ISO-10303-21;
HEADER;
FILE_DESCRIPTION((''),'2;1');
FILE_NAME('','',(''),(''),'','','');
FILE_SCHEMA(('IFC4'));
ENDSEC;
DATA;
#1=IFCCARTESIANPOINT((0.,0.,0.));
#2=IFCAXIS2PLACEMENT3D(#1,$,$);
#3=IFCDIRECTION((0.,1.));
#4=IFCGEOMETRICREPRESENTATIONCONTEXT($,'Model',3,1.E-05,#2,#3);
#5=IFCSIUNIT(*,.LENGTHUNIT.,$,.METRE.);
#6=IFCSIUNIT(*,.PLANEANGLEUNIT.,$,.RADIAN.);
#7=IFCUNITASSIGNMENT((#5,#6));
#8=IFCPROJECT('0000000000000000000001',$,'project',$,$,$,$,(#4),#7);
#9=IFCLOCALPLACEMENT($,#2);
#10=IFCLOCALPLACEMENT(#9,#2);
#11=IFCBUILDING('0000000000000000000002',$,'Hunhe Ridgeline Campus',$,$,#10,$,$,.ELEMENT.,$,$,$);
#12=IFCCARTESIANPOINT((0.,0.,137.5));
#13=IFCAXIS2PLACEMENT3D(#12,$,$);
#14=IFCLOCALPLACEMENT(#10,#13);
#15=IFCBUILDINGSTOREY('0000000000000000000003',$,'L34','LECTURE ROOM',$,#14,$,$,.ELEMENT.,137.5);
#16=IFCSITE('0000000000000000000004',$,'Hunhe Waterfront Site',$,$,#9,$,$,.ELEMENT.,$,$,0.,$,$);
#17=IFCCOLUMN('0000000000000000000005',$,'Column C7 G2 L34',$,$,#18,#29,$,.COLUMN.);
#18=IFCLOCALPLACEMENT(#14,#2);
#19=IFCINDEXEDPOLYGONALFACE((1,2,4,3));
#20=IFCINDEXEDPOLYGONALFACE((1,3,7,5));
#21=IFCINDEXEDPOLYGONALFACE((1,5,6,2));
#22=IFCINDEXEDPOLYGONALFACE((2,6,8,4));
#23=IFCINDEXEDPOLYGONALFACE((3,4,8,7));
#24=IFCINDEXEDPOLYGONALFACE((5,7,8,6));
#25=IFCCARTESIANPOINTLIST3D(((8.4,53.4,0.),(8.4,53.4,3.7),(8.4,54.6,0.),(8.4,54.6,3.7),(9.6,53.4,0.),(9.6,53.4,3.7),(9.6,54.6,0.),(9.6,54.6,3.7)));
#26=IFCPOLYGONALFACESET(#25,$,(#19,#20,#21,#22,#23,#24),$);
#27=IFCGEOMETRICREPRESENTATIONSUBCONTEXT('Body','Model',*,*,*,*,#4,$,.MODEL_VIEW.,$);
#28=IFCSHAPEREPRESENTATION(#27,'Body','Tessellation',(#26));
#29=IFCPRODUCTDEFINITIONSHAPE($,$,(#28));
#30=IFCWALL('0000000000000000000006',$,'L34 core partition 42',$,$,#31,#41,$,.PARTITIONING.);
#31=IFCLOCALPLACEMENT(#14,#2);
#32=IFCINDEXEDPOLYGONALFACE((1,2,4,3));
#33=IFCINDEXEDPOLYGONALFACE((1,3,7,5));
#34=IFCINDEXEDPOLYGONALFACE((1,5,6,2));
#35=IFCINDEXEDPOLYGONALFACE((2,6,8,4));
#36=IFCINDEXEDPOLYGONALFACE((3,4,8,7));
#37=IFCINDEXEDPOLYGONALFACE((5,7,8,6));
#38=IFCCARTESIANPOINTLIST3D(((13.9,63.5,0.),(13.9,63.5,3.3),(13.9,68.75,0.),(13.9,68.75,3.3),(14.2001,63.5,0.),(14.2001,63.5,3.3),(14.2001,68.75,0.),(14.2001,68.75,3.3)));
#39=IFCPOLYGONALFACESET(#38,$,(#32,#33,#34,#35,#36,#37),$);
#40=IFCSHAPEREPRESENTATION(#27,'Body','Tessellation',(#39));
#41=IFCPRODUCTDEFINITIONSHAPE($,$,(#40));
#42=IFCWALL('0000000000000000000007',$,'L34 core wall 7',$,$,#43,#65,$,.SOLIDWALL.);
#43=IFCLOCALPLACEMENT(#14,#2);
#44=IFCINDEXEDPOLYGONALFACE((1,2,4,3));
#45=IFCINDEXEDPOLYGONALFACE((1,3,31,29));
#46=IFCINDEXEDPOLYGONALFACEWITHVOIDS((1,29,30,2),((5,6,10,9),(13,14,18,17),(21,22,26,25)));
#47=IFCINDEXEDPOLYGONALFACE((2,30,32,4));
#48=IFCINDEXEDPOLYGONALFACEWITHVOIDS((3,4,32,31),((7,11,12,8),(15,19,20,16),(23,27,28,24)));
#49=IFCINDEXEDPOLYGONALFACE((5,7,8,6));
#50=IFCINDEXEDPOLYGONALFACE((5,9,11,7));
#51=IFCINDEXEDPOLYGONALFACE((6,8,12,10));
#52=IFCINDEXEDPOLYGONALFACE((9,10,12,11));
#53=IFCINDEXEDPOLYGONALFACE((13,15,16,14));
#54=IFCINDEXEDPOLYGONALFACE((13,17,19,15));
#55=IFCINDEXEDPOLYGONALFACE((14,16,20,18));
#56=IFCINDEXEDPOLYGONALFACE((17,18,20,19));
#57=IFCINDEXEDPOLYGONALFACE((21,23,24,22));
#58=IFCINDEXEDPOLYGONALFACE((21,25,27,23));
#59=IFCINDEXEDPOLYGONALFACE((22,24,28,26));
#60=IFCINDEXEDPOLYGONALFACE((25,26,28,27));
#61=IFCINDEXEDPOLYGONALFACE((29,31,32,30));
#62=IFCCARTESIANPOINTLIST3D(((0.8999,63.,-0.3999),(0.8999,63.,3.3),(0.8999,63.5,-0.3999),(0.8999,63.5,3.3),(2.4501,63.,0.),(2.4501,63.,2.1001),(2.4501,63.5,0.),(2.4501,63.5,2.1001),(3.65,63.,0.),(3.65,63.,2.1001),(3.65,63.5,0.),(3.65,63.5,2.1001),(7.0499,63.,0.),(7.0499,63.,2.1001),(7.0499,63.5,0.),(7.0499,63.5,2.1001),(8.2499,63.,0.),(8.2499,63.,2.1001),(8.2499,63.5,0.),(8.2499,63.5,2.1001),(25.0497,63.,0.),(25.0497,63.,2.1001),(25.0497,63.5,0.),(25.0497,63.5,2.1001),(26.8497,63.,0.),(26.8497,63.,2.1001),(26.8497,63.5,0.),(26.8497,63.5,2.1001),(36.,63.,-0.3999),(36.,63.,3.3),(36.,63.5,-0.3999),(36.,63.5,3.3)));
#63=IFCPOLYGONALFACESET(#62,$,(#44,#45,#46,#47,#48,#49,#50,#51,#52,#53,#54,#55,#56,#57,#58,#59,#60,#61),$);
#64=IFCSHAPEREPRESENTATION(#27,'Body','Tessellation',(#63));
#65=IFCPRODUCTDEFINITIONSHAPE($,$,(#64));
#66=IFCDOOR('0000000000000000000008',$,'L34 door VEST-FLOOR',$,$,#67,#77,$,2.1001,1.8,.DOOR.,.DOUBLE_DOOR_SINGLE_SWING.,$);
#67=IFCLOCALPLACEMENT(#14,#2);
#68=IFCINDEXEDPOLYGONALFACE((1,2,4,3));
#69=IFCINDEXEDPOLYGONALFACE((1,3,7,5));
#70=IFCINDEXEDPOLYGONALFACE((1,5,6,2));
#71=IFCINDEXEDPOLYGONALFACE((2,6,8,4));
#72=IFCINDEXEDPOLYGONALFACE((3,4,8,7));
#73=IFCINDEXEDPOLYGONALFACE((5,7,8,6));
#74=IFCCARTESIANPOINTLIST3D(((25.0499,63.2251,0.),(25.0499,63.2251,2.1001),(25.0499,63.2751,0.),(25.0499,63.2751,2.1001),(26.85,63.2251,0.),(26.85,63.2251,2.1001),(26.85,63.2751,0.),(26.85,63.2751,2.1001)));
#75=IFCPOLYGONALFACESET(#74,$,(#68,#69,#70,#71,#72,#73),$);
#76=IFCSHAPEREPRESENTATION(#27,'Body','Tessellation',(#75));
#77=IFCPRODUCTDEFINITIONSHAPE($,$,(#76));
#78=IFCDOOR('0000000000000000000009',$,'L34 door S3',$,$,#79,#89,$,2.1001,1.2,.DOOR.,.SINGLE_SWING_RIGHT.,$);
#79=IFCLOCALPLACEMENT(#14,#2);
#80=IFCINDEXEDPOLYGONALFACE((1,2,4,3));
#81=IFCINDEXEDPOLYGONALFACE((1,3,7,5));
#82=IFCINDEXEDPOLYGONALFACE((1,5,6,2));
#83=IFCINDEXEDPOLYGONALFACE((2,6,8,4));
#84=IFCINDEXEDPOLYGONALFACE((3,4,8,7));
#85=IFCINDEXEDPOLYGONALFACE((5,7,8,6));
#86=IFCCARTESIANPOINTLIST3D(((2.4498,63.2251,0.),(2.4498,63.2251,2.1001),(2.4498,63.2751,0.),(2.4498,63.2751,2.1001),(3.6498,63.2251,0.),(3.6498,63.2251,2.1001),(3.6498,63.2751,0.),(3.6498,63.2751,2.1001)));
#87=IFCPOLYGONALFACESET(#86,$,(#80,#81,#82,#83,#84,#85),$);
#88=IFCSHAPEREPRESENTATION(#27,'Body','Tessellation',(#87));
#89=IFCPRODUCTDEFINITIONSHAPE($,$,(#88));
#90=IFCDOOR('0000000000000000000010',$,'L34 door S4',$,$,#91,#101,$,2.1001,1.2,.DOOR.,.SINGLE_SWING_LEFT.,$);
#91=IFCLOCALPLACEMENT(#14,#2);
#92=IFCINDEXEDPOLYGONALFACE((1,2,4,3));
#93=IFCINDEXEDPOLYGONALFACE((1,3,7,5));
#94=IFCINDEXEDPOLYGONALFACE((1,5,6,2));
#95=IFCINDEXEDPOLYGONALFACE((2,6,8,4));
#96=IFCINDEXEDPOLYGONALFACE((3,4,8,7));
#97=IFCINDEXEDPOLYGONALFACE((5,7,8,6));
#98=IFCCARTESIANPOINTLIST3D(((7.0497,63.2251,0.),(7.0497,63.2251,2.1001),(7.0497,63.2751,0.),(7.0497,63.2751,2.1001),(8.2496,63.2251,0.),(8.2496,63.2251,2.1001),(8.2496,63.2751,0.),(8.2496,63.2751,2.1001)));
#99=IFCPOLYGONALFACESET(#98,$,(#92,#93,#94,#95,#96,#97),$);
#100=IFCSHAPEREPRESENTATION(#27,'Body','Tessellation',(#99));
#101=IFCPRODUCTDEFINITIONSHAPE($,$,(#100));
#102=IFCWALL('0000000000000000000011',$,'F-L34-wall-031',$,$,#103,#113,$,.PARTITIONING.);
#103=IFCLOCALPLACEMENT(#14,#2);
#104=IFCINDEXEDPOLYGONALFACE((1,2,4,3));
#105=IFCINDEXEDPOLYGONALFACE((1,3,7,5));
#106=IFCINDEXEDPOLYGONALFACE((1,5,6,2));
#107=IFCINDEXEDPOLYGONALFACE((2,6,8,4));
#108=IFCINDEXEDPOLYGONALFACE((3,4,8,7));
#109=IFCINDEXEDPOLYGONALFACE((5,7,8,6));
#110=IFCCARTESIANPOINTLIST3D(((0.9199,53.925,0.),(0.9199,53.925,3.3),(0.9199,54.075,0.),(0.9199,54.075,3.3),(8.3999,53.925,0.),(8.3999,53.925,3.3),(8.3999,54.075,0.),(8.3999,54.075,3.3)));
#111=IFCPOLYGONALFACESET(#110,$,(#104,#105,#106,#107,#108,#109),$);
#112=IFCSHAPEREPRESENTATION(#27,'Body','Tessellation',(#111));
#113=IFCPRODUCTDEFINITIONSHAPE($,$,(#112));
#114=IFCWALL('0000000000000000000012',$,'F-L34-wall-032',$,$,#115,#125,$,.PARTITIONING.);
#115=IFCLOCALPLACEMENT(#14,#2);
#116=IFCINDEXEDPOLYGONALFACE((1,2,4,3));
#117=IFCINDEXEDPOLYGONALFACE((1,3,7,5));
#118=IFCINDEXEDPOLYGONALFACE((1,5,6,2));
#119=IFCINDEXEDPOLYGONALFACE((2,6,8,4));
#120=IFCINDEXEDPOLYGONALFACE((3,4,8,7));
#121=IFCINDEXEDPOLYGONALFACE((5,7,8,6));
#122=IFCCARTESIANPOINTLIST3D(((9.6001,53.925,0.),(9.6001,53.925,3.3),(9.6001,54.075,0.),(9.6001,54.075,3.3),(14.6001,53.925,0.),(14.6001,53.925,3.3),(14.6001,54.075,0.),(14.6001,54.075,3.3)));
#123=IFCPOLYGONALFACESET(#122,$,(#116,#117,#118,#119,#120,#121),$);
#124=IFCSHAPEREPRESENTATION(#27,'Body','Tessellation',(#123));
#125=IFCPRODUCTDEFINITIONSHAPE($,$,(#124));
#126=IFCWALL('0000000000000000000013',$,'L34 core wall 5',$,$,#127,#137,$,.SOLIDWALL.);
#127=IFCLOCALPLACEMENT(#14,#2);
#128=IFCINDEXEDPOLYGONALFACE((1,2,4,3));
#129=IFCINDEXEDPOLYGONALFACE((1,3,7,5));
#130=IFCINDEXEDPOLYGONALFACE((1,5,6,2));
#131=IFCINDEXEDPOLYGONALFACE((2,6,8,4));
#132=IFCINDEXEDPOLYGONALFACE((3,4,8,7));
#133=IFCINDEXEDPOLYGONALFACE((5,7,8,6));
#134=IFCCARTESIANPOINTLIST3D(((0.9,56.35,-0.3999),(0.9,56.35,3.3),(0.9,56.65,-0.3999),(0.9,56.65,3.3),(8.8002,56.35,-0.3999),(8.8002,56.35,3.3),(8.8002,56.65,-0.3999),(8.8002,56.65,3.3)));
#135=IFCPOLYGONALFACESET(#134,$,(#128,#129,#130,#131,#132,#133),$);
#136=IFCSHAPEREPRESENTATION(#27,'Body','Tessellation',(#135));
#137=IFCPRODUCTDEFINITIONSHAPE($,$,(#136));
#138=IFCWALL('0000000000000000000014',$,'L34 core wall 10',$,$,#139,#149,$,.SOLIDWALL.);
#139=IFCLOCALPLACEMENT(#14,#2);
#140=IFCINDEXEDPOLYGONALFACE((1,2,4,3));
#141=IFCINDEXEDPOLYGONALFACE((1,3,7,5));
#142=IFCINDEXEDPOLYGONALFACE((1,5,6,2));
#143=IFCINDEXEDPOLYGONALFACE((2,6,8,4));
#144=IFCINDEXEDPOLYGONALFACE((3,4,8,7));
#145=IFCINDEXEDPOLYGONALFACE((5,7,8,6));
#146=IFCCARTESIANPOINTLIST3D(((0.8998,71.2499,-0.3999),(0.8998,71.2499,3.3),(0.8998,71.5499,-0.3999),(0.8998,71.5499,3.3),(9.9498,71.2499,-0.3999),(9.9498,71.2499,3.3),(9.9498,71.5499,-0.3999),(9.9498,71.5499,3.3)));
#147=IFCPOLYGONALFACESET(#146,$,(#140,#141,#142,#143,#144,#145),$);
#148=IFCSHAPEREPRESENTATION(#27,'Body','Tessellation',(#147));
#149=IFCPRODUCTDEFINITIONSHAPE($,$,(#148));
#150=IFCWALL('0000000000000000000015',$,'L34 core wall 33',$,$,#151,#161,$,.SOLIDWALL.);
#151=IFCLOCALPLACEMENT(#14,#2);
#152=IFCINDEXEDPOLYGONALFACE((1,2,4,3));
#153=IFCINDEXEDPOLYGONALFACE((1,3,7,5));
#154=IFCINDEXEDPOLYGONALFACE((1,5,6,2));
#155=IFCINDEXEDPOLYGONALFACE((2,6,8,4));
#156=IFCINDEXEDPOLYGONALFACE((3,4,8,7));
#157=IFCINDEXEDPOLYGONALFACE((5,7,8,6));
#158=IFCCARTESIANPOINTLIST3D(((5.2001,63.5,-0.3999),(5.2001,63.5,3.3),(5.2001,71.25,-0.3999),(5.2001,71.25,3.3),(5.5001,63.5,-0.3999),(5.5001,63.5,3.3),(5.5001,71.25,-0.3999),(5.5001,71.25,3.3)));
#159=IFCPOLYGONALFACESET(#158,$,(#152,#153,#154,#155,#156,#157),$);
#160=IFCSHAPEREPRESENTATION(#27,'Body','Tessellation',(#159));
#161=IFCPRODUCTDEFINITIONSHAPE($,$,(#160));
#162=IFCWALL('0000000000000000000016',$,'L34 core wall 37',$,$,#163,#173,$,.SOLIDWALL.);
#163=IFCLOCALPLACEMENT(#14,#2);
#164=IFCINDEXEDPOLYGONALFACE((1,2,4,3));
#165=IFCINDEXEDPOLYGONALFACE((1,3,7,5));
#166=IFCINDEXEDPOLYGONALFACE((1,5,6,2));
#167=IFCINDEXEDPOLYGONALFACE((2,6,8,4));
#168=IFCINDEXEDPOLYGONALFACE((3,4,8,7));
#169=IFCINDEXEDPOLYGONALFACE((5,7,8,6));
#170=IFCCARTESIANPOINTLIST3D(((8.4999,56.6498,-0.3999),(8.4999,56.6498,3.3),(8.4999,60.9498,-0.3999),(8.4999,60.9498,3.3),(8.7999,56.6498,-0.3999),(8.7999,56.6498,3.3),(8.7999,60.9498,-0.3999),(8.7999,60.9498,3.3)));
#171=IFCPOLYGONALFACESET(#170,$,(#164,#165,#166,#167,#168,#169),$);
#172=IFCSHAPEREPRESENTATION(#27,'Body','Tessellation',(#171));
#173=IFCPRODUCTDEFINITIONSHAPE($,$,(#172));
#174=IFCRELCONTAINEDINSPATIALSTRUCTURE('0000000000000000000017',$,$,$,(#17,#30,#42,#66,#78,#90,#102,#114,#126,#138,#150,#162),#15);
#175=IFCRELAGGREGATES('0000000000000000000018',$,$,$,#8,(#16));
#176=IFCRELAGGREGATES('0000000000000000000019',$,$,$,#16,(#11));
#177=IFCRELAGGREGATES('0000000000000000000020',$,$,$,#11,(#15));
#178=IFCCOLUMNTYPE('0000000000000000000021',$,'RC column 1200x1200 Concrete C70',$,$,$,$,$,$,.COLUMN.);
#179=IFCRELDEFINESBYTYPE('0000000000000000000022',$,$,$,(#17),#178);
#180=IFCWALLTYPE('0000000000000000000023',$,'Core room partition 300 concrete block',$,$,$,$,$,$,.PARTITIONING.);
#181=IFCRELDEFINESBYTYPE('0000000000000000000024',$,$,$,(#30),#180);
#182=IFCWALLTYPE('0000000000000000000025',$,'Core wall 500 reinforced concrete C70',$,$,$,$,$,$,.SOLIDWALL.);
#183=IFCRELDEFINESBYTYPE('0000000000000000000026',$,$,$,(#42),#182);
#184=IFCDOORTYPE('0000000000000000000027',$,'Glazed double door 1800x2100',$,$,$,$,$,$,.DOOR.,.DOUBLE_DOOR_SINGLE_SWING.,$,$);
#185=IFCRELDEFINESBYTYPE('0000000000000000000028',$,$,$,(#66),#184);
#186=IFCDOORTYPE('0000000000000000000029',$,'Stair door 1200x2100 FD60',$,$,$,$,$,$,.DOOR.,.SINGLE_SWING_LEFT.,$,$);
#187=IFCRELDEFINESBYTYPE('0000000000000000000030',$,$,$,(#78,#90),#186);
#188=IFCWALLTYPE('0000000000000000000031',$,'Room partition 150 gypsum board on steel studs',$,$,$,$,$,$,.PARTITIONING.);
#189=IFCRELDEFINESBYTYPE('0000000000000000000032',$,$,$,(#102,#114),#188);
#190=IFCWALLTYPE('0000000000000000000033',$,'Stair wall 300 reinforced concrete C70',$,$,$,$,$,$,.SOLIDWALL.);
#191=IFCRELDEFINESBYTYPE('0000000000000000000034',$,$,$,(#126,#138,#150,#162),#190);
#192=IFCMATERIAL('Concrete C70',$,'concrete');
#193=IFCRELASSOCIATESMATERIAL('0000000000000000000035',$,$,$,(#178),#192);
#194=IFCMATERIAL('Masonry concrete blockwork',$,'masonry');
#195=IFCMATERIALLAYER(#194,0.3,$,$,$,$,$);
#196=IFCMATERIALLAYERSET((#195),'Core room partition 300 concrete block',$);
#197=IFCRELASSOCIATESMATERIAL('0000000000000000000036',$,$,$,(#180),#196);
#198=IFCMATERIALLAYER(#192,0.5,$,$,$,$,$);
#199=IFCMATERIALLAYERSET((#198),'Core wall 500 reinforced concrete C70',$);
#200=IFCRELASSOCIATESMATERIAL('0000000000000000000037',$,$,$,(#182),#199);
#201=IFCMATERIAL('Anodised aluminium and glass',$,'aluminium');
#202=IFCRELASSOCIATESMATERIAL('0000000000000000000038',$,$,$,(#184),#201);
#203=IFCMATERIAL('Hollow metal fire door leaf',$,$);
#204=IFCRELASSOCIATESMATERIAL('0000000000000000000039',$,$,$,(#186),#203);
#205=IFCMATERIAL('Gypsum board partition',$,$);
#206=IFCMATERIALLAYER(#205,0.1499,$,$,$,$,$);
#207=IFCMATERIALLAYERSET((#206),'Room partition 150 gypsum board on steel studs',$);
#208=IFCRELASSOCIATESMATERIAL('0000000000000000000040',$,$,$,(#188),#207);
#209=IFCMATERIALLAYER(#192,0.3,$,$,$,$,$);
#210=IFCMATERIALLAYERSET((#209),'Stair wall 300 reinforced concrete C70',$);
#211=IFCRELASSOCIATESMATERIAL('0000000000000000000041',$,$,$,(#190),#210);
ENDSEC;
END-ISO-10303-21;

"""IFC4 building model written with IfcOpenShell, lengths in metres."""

from ifc_helpers import new_model, si_unit, direction, frame, frame_2d, origin, origin_2d, place, context, subcontext, project, spatial, rectangle, extrude, material, layer, layer_set, material_profile, profile_set, type_object, element, fill, save


model = new_model("IFC4")

# Units and contexts
model_context = context("Model", 3, precision=1e-05, world=origin(), true_north=direction((0.0, 1.0)))
body_context = subcontext(model_context, "Body", "Model", "MODEL_VIEW")
ifc_project = project(units=[si_unit("LENGTHUNIT", "METRE"), si_unit("PLANEANGLEUNIT", "RADIAN")], contexts=[model_context])

# Site, building, storey
site_placement = place(None, origin())
site = spatial("IfcSite", under=ifc_project, at=site_placement, Name="Hunhe Waterfront Site", CompositionType="ELEMENT", RefElevation=0.0)
building_placement = place(site_placement, origin())
building = spatial("IfcBuilding", under=site, at=building_placement, Name="Hunhe Ridgeline Campus", CompositionType="ELEMENT")
storey_placement = place(building_placement, frame((0.0, 0.0, 137.5)))
storey = spatial("IfcBuildingStorey", under=building, at=storey_placement, Name="L34", Description="LECTURE ROOM", CompositionType="ELEMENT", Elevation=137.5)

# Column
ifc_material_1 = material(Name="Concrete C70", Category="concrete")
ifc_material_profile = material_profile(ifc_material_1, rectangle(XDim=1.2, YDim=1.2, at=origin_2d()))
ifc_profile_set = profile_set([ifc_material_profile], Name="Concrete C70")
column_type = type_object("IfcColumnType", Name="RC column 1200x1200 Concrete C70", PredefinedType="COLUMN", material=ifc_profile_set)
column_placement = place(storey_placement, frame((9.0, 54.0, 0.0), z_axis=(0.0, 0.0, 1.0), x_axis=(1.0, 0.0, 0.0)))
element("IfcColumn", 1, at=column_placement, inside=storey, type_object=column_type, Name="Column C7 G2 L34", PredefinedType="COLUMN", context=body_context, shape_type="SweptSolid", body=[
    extrude(rectangle(XDim=1.2, YDim=1.2, at=origin_2d()), origin(), (0.0, 0.0, 1.0), 3.7),
])

# Shared definitions
ifc_material_2 = material(Name="Masonry concrete blockwork", Category="masonry")
ifc_layer_1 = layer(ifc_material_2, 0.3)
ifc_layer_set_1 = layer_set([ifc_layer_1], Name="Core room partition 300 concrete block")
wall_type_1 = type_object("IfcWallType", Name="Core room partition 300 concrete block", PredefinedType="PARTITIONING", material=ifc_layer_set_1)

# Wall
wall_1_placement = place(storey_placement, frame((14.05, 63.5, 0.0), z_axis=(0.0, 0.0, 1.0), x_axis=(0.0, 1.0, 0.0)))
element("IfcWall", 2, at=wall_1_placement, inside=storey, type_object=wall_type_1, Name="L34 core partition 42", PredefinedType="PARTITIONING", context=body_context, shape_type="SweptSolid", body=[
    extrude(rectangle(XDim=5.25, YDim=0.3, at=frame_2d((2.625, 0.0))), origin(), (0.0, 0.0, 1.0), 3.3),
])

# Wall, openings, doors
ifc_layer_2 = layer(ifc_material_1, 0.5)
ifc_layer_set_2 = layer_set([ifc_layer_2], Name="Core wall 500 reinforced concrete C70")
wall_type_2 = type_object("IfcWallType", Name="Core wall 500 reinforced concrete C70", PredefinedType="SOLIDWALL", material=ifc_layer_set_2)
wall_2_placement = place(storey_placement, frame((0.8999, 63.25, -0.3999), z_axis=(0.0, 0.0, 1.0), x_axis=(1.0, 0.0, 0.0)))
wall_2 = element("IfcWall", 3, at=wall_2_placement, inside=storey, type_object=wall_type_2, Name="L34 core wall 7", PredefinedType="SOLIDWALL", context=body_context, shape_type="SweptSolid", body=[
    extrude(rectangle(XDim=35.1001, YDim=0.5, at=frame_2d((17.55, 0.0))), origin(), (0.0, 0.0, 1.0), 3.7),
])
opening_1_placement = place(wall_2_placement, frame((24.1499, 0.0, 0.3999)))
opening_1 = element("IfcOpeningElement", 4, at=opening_1_placement, cuts=wall_2, PredefinedType="OPENING", context=body_context, shape_type="SweptSolid", body=[
    extrude(rectangle(XDim=1.8, YDim=2.1001, at=frame_2d((0.8999, 1.05))), frame((0.0, 0.25, 0.0), z_axis=(0.0, -1.0, 0.0), x_axis=(1.0, 0.0, 0.0)), (0.0, 0.0, 1.0), 0.5),
])
opening_2_placement = place(wall_2_placement, frame((1.55, 0.0, 0.3999)))
opening_2 = element("IfcOpeningElement", 5, at=opening_2_placement, cuts=wall_2, PredefinedType="OPENING", context=body_context, shape_type="SweptSolid", body=[
    extrude(rectangle(XDim=1.2, YDim=2.1001, at=frame_2d((0.6001, 1.05))), frame((0.0, 0.25, 0.0), z_axis=(0.0, -1.0, 0.0), x_axis=(1.0, 0.0, 0.0)), (0.0, 0.0, 1.0), 0.5),
])
opening_3_placement = place(wall_2_placement, frame((6.1499, 0.0, 0.3999)))
opening_3 = element("IfcOpeningElement", 6, at=opening_3_placement, cuts=wall_2, PredefinedType="OPENING", context=body_context, shape_type="SweptSolid", body=[
    extrude(rectangle(XDim=1.2, YDim=2.1001, at=frame_2d((0.6001, 1.05))), frame((0.0, 0.25, 0.0), z_axis=(0.0, -1.0, 0.0), x_axis=(1.0, 0.0, 0.0)), (0.0, 0.0, 1.0), 0.5),
])
ifc_material_3 = material(Name="Anodised aluminium and glass", Category="aluminium")
door_type_1 = type_object("IfcDoorType", Name="Glazed double door 1800x2100", OperationType="DOUBLE_DOOR_SINGLE_SWING", PredefinedType="DOOR", material=ifc_material_3)
door_1_placement = place(opening_1_placement, frame((1.8, 0.0, 0.0), z_axis=(0.0, 0.0, 1.0), x_axis=(-1.0, 0.0, 0.0)))
door_1 = element("IfcDoor", 7, at=door_1_placement, inside=storey, type_object=door_type_1, Name="L34 door VEST-FLOOR", OperationType="DOUBLE_DOOR_SINGLE_SWING", OverallHeight=2.1001, OverallWidth=1.8, PredefinedType="DOOR", context=body_context, shape_type="SweptSolid", body=[
    extrude(rectangle(XDim=1.8, YDim=2.1001, at=frame_2d((0.8999, 1.05))), frame((0.0, 0.0249, 0.0), z_axis=(0.0, -1.0, 0.0), x_axis=(1.0, 0.0, 0.0)), (0.0, 0.0, 1.0), 0.05),
])
fill(opening_1, door_1)
ifc_material_4 = material(Name="Hollow metal fire door leaf")
door_type_2 = type_object("IfcDoorType", Name="Stair door 1200x2100 FD60", OperationType="SINGLE_SWING_LEFT", PredefinedType="DOOR", material=ifc_material_4)
door_2_placement = place(opening_2_placement, frame((1.2, 0.0, 0.0), z_axis=(0.0, 0.0, 1.0), x_axis=(-1.0, 0.0, 0.0)))
door_2 = element("IfcDoor", 8, at=door_2_placement, inside=storey, type_object=door_type_2, Name="L34 door S3", OperationType="SINGLE_SWING_RIGHT", OverallHeight=2.1001, OverallWidth=1.2, PredefinedType="DOOR", context=body_context, shape_type="SweptSolid", body=[
    extrude(rectangle(XDim=1.2, YDim=2.1001, at=frame_2d((0.6001, 1.05))), frame((0.0, 0.0249, 0.0), z_axis=(0.0, -1.0, 0.0), x_axis=(1.0, 0.0, 0.0)), (0.0, 0.0, 1.0), 0.05),
])
fill(opening_2, door_2)
door_3_placement = place(opening_3_placement, frame((1.2, 0.0, 0.0), z_axis=(0.0, 0.0, 1.0), x_axis=(-1.0, 0.0, 0.0)))
door_3 = element("IfcDoor", 9, at=door_3_placement, inside=storey, type_object=door_type_2, Name="L34 door S4", OperationType="SINGLE_SWING_LEFT", OverallHeight=2.1001, OverallWidth=1.2, PredefinedType="DOOR", context=body_context, shape_type="SweptSolid", body=[
    extrude(rectangle(XDim=1.2, YDim=2.1001, at=frame_2d((0.6001, 1.05))), frame((0.0, 0.0249, 0.0), z_axis=(0.0, -1.0, 0.0), x_axis=(1.0, 0.0, 0.0)), (0.0, 0.0, 1.0), 0.05),
])
fill(opening_3, door_3)

# Walls
ifc_material_5 = material(Name="Gypsum board partition")
ifc_layer_3 = layer(ifc_material_5, 0.1499)
ifc_layer_set_3 = layer_set([ifc_layer_3], Name="Room partition 150 gypsum board on steel studs")
wall_type_3 = type_object("IfcWallType", Name="Room partition 150 gypsum board on steel studs", PredefinedType="PARTITIONING", material=ifc_layer_set_3)
wall_3_placement = place(storey_placement, frame((0.9199, 54.0, 0.0), z_axis=(0.0, 0.0, 1.0), x_axis=(1.0, 0.0, 0.0)))
element("IfcWall", 10, at=wall_3_placement, inside=storey, type_object=wall_type_3, Name="F-L34-wall-031", PredefinedType="PARTITIONING", context=body_context, shape_type="SweptSolid", body=[
    extrude(rectangle(XDim=7.48, YDim=0.1499, at=frame_2d((3.74, 0.0))), origin(), (0.0, 0.0, 1.0), 3.3),
])
wall_4_placement = place(storey_placement, frame((9.6001, 54.0, 0.0), z_axis=(0.0, 0.0, 1.0), x_axis=(1.0, 0.0, 0.0)))
element("IfcWall", 11, at=wall_4_placement, inside=storey, type_object=wall_type_3, Name="F-L34-wall-032", PredefinedType="PARTITIONING", context=body_context, shape_type="SweptSolid", body=[
    extrude(rectangle(XDim=5.0, YDim=0.1499, at=frame_2d((2.5, 0.0))), origin(), (0.0, 0.0, 1.0), 3.3),
])
ifc_layer_4 = layer(ifc_material_1, 0.3)
ifc_layer_set_4 = layer_set([ifc_layer_4], Name="Stair wall 300 reinforced concrete C70")
wall_type_4 = type_object("IfcWallType", Name="Stair wall 300 reinforced concrete C70", PredefinedType="SOLIDWALL", material=ifc_layer_set_4)
wall_5_placement = place(storey_placement, frame((0.8999, 56.5, -0.3999), z_axis=(0.0, 0.0, 1.0), x_axis=(1.0, 0.0, 0.0)))
element("IfcWall", 12, at=wall_5_placement, inside=storey, type_object=wall_type_4, Name="L34 core wall 5", PredefinedType="SOLIDWALL", context=body_context, shape_type="SweptSolid", body=[
    extrude(rectangle(XDim=7.9001, YDim=0.3, at=frame_2d((3.9502, 0.0))), origin(), (0.0, 0.0, 1.0), 3.7),
])

# Walls
wall_6_placement = place(storey_placement, frame((0.8999, 71.3999, -0.3999), z_axis=(0.0, 0.0, 1.0), x_axis=(1.0, 0.0, 0.0)))
element("IfcWall", 13, at=wall_6_placement, inside=storey, type_object=wall_type_4, Name="L34 core wall 10", PredefinedType="SOLIDWALL", context=body_context, shape_type="SweptSolid", body=[
    extrude(rectangle(XDim=9.05, YDim=0.3, at=frame_2d((4.5249, 0.0))), origin(), (0.0, 0.0, 1.0), 3.7),
])
wall_7_placement = place(storey_placement, frame((5.3501, 63.5, -0.3999), z_axis=(0.0, 0.0, 1.0), x_axis=(0.0, 1.0, 0.0)))
element("IfcWall", 14, at=wall_7_placement, inside=storey, type_object=wall_type_4, Name="L34 core wall 33", PredefinedType="SOLIDWALL", context=body_context, shape_type="SweptSolid", body=[
    extrude(rectangle(XDim=7.75, YDim=0.3, at=frame_2d((3.875, 0.0))), origin(), (0.0, 0.0, 1.0), 3.7),
])
wall_8_placement = place(storey_placement, frame((8.6499, 56.6499, -0.3999), z_axis=(0.0, 0.0, 1.0), x_axis=(0.0, 1.0, 0.0)))
element("IfcWall", 15, at=wall_8_placement, inside=storey, type_object=wall_type_4, Name="L34 core wall 37", PredefinedType="SOLIDWALL", context=body_context, shape_type="SweptSolid", body=[
    extrude(rectangle(XDim=4.3, YDim=0.3, at=frame_2d((2.1499, 0.0))), origin(), (0.0, 0.0, 1.0), 3.7),
])

save(model, "model.ifc")
